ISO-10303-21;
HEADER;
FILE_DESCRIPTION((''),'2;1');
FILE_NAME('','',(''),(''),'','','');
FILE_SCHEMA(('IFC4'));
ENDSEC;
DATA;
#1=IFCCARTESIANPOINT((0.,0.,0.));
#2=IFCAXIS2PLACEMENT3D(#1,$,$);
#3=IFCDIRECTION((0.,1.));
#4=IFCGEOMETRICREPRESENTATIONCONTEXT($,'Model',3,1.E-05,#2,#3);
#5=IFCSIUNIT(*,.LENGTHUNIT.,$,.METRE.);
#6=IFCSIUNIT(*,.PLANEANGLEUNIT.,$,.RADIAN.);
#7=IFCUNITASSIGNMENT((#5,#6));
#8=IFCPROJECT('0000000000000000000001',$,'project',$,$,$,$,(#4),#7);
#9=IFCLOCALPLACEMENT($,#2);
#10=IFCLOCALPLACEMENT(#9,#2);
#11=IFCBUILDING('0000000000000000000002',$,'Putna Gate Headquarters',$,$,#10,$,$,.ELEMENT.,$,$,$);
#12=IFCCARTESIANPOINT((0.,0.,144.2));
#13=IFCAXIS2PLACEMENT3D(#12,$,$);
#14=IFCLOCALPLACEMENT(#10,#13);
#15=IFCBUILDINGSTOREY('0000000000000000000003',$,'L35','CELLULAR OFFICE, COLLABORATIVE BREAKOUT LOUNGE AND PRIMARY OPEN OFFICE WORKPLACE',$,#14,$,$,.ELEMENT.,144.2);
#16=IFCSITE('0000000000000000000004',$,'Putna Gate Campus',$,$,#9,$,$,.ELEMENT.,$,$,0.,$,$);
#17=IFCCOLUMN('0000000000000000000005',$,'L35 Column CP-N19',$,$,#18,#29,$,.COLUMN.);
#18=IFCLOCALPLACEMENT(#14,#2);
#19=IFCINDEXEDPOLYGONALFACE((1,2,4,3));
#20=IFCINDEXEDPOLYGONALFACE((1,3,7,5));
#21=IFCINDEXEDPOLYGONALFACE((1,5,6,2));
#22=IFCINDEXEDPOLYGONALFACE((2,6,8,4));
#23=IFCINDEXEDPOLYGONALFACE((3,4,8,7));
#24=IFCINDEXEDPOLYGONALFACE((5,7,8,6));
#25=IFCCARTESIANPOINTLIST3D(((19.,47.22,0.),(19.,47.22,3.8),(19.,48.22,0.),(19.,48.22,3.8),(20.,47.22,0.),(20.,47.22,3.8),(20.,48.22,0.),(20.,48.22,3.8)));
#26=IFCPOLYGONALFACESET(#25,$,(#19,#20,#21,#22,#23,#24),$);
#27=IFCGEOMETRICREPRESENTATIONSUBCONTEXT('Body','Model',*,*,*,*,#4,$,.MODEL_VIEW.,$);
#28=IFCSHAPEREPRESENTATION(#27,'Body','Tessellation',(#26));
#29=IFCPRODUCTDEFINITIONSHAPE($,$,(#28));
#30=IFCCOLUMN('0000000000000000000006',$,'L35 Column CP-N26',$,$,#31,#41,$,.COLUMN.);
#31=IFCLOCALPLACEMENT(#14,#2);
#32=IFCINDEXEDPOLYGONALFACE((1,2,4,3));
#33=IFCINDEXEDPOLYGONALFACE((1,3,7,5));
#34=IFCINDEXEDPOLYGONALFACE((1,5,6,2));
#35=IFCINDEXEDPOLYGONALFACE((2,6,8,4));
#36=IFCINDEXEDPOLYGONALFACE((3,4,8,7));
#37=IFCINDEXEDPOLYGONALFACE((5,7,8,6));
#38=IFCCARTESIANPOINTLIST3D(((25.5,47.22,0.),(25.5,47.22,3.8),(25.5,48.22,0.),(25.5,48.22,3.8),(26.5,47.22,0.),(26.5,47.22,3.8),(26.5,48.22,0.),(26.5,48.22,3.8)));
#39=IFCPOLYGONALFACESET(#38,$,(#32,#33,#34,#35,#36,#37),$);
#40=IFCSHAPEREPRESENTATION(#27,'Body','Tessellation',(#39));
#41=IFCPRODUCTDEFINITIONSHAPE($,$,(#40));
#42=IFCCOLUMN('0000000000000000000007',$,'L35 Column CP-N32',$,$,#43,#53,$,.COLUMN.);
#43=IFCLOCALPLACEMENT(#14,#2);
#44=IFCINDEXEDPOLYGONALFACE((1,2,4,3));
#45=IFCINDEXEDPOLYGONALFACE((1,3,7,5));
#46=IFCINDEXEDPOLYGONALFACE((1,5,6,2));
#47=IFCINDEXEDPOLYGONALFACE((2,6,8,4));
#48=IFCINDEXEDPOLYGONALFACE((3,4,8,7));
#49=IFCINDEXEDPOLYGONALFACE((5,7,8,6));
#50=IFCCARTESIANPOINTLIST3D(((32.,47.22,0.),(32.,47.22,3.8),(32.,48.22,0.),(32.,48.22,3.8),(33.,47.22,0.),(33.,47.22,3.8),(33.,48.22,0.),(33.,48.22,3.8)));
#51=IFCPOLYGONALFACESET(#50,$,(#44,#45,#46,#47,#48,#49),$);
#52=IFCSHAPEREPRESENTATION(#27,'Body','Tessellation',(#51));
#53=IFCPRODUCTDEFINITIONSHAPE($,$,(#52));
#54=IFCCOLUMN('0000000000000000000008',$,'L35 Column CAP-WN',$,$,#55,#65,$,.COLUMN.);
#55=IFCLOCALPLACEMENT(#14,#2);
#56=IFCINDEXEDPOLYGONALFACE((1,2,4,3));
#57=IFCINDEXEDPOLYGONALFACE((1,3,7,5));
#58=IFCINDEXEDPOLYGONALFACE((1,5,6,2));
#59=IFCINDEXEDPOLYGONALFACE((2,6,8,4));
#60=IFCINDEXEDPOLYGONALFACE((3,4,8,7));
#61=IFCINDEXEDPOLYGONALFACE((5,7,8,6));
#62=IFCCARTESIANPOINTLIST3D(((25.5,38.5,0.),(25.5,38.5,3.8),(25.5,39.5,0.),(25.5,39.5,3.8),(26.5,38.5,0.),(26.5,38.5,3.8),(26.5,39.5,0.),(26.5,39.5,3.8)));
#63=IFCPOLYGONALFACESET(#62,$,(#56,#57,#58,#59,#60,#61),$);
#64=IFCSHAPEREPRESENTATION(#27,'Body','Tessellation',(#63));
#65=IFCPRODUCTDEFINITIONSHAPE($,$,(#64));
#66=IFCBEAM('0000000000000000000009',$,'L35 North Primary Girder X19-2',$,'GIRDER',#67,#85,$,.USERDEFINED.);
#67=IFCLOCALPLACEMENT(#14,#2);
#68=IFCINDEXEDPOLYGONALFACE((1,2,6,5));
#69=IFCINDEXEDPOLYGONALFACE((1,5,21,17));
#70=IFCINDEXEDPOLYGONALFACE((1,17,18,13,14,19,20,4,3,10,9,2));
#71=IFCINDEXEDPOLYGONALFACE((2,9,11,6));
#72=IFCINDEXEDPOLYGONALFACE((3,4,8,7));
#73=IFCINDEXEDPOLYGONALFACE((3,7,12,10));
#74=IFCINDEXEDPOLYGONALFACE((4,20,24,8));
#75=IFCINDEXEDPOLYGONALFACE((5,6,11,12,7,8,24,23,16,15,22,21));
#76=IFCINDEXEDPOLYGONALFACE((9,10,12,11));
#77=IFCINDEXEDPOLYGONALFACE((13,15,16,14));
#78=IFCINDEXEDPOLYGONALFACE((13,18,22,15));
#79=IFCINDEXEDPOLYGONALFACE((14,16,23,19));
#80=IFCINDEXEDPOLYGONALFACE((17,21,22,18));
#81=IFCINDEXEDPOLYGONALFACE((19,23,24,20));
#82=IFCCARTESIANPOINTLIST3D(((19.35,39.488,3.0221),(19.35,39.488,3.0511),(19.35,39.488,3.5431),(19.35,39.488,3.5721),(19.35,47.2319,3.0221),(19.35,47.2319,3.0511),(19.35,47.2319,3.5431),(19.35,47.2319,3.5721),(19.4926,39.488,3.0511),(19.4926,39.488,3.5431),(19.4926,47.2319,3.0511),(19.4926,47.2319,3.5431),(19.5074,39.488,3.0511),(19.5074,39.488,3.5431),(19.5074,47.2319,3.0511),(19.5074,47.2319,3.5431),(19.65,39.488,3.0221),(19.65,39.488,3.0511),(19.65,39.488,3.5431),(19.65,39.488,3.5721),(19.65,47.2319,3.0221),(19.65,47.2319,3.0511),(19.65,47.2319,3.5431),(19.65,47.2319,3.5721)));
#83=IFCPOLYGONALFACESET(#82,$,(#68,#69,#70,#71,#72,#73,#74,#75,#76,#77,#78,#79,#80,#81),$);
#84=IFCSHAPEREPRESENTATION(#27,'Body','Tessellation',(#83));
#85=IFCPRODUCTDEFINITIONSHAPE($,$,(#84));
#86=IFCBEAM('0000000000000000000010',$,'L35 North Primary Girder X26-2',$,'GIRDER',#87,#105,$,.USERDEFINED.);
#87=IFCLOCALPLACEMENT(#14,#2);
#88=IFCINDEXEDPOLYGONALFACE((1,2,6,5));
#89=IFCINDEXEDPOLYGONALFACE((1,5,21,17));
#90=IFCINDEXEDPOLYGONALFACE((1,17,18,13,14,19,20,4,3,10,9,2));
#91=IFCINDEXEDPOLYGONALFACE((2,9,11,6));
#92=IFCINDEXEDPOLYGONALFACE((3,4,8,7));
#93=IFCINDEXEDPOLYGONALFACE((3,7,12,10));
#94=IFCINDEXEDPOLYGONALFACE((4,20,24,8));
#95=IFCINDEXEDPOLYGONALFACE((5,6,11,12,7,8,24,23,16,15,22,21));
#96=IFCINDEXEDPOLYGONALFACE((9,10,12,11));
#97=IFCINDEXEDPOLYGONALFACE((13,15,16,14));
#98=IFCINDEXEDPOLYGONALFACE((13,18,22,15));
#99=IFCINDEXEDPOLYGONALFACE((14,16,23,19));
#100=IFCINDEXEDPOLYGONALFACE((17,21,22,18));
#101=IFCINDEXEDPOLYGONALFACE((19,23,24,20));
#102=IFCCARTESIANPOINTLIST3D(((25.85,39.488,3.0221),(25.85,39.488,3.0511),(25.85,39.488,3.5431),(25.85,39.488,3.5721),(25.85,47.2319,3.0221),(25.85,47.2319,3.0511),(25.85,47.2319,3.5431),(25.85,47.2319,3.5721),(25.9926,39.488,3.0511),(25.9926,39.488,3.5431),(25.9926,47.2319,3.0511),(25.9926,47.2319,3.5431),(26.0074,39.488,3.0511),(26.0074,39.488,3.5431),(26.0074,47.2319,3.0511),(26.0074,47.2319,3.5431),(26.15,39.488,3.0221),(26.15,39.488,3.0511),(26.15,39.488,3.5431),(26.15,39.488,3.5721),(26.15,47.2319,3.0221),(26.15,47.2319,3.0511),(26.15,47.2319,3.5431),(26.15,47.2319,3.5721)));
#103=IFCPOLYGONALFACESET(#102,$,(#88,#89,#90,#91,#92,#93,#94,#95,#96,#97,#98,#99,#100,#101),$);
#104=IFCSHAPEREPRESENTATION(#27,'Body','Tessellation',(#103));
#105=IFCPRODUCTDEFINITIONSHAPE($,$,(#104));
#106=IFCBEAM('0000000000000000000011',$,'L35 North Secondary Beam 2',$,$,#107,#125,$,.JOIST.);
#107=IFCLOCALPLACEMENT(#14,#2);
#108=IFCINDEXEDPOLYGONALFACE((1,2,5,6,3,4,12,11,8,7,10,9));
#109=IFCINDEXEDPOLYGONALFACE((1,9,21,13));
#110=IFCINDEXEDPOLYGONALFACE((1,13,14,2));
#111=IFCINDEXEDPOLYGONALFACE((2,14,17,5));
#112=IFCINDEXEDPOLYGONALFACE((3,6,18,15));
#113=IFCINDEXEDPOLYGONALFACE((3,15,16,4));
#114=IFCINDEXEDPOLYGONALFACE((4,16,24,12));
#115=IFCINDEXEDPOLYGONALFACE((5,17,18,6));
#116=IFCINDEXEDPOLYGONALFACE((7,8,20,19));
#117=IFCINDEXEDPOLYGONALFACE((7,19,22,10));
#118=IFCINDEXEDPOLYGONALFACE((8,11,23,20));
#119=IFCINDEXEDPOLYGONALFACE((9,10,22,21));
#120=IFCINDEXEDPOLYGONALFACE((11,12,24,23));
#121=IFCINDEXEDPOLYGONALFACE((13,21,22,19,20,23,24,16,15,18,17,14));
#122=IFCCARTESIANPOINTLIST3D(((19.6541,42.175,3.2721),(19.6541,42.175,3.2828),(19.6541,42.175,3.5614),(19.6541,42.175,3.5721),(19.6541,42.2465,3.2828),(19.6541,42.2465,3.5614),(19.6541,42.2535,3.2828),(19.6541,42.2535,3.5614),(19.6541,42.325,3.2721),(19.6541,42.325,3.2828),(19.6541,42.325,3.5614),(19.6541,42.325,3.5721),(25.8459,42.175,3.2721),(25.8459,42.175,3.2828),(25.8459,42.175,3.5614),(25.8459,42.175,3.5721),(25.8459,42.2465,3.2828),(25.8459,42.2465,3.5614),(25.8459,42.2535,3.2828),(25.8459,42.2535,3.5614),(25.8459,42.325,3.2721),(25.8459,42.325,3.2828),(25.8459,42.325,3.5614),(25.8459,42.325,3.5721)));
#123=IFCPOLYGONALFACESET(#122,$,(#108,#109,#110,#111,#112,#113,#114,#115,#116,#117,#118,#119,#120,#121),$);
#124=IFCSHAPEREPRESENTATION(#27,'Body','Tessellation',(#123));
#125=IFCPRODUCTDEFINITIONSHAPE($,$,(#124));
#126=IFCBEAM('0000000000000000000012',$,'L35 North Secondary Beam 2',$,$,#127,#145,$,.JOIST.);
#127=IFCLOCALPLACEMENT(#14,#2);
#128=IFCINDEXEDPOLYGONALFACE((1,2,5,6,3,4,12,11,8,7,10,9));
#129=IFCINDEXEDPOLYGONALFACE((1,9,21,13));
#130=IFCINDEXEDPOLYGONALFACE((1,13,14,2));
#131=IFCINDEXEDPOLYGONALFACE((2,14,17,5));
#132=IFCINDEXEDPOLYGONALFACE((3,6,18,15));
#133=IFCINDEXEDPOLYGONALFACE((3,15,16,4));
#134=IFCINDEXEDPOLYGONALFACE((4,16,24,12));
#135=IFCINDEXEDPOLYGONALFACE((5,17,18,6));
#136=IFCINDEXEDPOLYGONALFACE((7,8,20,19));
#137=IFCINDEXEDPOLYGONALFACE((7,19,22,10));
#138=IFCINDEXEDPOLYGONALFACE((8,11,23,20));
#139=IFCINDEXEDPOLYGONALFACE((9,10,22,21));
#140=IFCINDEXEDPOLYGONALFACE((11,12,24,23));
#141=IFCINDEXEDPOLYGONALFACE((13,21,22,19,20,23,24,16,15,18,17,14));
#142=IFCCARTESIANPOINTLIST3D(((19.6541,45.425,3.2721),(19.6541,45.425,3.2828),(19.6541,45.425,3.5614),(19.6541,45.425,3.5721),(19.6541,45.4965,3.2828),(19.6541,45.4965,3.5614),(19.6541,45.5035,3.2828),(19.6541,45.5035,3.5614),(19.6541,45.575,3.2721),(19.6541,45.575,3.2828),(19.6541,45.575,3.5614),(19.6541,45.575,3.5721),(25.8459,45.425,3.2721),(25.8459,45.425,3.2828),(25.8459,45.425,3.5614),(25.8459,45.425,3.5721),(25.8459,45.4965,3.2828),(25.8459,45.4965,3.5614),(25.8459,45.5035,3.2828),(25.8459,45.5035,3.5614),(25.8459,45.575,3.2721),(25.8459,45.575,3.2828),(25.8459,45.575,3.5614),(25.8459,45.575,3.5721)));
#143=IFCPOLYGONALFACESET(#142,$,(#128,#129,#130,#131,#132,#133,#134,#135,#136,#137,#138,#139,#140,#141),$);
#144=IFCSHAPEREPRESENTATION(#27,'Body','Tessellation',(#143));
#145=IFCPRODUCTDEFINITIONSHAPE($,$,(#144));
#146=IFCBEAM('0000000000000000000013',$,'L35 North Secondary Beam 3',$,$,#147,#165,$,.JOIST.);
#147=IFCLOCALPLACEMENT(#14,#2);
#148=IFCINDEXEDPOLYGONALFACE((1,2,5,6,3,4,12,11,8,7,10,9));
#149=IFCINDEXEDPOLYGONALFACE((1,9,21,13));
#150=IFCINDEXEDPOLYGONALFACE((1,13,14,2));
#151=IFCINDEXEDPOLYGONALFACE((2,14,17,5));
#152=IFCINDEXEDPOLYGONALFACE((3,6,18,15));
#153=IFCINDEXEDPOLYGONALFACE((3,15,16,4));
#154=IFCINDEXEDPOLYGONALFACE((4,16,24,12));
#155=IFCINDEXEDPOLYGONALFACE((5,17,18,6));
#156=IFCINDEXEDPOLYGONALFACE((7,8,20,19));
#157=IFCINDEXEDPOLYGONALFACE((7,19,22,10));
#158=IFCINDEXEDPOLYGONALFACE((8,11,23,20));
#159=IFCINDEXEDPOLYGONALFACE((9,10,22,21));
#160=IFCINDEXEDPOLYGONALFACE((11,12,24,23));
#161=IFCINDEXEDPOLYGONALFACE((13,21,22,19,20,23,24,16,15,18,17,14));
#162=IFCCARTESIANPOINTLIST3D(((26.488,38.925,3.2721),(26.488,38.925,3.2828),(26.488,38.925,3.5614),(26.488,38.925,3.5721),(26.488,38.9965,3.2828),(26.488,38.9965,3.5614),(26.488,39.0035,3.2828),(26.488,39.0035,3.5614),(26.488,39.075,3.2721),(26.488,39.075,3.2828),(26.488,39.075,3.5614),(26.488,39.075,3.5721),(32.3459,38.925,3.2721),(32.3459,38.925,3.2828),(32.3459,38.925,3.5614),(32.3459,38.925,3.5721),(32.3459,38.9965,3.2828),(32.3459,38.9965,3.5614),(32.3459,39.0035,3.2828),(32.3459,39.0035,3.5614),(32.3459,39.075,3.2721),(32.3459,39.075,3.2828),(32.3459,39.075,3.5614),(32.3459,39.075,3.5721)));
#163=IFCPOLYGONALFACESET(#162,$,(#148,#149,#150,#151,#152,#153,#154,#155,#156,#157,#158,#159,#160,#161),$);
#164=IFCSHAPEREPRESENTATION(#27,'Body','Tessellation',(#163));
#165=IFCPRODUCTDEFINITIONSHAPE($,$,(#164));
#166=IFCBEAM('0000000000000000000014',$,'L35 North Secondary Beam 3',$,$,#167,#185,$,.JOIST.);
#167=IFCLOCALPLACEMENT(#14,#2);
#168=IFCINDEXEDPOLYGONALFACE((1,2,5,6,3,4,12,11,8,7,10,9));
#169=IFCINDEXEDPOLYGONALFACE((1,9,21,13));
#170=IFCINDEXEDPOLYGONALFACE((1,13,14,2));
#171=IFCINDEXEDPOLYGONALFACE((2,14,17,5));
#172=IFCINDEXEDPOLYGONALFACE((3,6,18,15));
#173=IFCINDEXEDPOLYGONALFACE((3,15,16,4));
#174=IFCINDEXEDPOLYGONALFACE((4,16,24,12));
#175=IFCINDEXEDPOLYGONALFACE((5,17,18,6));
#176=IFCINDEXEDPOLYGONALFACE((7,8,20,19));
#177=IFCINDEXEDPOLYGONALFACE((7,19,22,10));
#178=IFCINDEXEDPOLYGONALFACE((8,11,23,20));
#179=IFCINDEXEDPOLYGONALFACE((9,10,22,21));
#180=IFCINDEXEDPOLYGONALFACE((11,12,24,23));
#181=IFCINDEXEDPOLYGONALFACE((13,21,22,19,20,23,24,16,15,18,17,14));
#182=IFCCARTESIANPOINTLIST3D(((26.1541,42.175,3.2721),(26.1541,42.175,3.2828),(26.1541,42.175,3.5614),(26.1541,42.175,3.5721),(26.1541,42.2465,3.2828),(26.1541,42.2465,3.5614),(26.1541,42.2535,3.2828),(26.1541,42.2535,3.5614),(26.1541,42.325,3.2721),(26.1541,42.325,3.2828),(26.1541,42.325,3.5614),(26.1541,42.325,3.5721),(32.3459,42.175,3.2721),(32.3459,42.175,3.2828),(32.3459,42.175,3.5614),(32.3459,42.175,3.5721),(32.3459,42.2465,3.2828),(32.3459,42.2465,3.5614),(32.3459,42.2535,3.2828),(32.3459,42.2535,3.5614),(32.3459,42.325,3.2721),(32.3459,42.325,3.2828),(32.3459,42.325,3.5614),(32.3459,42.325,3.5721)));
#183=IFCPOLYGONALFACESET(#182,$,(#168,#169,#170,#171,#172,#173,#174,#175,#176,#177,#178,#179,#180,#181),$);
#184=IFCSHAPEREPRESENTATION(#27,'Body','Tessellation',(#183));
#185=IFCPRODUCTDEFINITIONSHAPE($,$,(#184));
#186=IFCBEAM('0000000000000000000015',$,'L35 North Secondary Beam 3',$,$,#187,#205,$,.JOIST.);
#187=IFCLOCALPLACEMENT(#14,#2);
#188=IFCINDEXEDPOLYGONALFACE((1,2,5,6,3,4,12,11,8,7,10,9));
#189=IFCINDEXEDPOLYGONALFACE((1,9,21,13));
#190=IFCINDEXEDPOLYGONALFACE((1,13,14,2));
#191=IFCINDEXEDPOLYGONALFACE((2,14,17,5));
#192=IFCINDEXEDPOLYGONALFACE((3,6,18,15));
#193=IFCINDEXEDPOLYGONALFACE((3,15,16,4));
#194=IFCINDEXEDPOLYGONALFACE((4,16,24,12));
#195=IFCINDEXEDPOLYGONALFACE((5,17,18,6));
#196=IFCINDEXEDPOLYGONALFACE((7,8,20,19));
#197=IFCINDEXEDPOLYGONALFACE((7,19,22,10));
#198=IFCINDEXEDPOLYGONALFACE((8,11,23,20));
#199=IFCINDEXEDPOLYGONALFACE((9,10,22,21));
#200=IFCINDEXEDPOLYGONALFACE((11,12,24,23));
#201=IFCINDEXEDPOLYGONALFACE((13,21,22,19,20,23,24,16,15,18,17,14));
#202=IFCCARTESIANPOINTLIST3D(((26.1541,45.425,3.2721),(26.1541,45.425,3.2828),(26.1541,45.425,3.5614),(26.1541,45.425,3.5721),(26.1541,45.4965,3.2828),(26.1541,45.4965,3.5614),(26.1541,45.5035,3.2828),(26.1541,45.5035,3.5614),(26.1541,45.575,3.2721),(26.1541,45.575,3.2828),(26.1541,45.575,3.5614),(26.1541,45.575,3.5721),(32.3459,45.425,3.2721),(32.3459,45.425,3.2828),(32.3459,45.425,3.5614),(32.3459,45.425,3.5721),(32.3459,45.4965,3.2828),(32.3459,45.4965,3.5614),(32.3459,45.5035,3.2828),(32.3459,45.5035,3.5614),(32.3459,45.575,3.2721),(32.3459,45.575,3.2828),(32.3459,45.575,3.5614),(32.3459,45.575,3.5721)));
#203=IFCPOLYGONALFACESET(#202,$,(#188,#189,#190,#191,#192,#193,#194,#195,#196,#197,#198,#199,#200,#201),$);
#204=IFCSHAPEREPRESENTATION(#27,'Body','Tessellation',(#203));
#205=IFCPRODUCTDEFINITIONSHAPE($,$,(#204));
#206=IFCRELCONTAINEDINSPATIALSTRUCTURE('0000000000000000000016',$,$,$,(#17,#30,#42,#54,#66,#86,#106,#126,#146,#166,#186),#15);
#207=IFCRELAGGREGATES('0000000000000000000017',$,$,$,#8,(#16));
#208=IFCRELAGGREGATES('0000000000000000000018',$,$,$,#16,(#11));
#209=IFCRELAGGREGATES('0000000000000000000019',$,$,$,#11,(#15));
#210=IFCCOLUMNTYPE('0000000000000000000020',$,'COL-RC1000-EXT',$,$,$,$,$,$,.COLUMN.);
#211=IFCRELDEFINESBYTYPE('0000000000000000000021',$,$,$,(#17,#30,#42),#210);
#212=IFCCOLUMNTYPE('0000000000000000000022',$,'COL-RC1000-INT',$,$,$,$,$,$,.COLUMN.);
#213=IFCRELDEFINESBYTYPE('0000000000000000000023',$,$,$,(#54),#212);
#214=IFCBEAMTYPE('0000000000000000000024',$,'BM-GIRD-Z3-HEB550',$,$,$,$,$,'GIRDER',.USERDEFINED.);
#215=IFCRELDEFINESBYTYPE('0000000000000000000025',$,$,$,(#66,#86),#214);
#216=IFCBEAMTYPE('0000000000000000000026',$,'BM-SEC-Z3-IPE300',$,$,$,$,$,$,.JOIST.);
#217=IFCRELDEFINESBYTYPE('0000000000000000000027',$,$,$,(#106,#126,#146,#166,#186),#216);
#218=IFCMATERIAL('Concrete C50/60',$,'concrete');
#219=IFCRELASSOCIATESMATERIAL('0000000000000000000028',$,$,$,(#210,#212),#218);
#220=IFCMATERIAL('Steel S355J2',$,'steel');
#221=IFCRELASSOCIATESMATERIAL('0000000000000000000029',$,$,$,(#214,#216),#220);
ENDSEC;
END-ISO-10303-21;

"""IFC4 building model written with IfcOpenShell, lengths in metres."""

from ifc_helpers import new_model, si_unit, direction, frame, origin, origin_2d, place, context, subcontext, project, spatial, rectangle, i_section, extrude, material, material_profile, profile_set, type_object, element, save


model = new_model("IFC4")

# Units and contexts
model_context = context("Model", 3, precision=1e-05, world=origin(), true_north=direction((0.0, 1.0)))
body_context = subcontext(model_context, "Body", "Model", "MODEL_VIEW")
ifc_project = project(units=[si_unit("LENGTHUNIT", "METRE"), si_unit("PLANEANGLEUNIT", "RADIAN")], contexts=[model_context])

# Site, building, storey
site_placement = place(None, origin())
site = spatial("IfcSite", under=ifc_project, at=site_placement, Name="Putna Gate Campus", CompositionType="ELEMENT", RefElevation=0.0)
building_placement = place(site_placement, origin())
building = spatial("IfcBuilding", under=site, at=building_placement, Name="Putna Gate Headquarters", CompositionType="ELEMENT")
storey_placement = place(building_placement, frame((0.0, 0.0, 144.2)))
storey = spatial("IfcBuildingStorey", under=building, at=storey_placement, Name="L35", Description="CELLULAR OFFICE, COLLABORATIVE BREAKOUT LOUNGE AND PRIMARY OPEN OFFICE WORKPLACE", CompositionType="ELEMENT", Elevation=144.2)

# Columns
ifc_material_1 = material(Name="Concrete C50/60", Category="concrete")
ifc_material_profile_1 = material_profile(ifc_material_1, rectangle(XDim=1.0, YDim=1.0, at=origin_2d()), Name="Concrete C50/60")
ifc_profile_set_1 = profile_set([ifc_material_profile_1], Name="Concrete C50/60")
column_type_1 = type_object("IfcColumnType", Name="COL-RC1000-EXT", PredefinedType="COLUMN", material=ifc_profile_set_1)
for number, where, z_axis, x_axis, name in (
    (1, (19.5, 47.72, 0.0), (0.0, 0.0, 1.0), (1.0, 0.0, 0.0), "L35 Column CP-N19"),
    (2, (26.0, 47.72, 0.0), (0.0, 0.0, 1.0), (1.0, 0.0, 0.0), "L35 Column CP-N26"),
    (3, (32.5, 47.72, 0.0), (0.0, 0.0, 1.0), (1.0, 0.0, 0.0), "L35 Column CP-N32"),
):
    element("IfcColumn", number, at=place(storey_placement, frame(where, z_axis=z_axis, x_axis=x_axis)), inside=storey, type_object=column_type_1, Name=name, PredefinedType="COLUMN", context=body_context, shape_type="SweptSolid", body=[
        extrude(rectangle(XDim=1.0, YDim=1.0, at=origin_2d()), origin(), (0.0, 0.0, 1.0), 3.8),
    ])
ifc_material_profile_2 = material_profile(ifc_material_1, rectangle(XDim=1.0, YDim=1.0, at=origin_2d()), Name="Concrete C50/60")
ifc_profile_set_2 = profile_set([ifc_material_profile_2], Name="Concrete C50/60")
column_type_2 = type_object("IfcColumnType", Name="COL-RC1000-INT", PredefinedType="COLUMN", material=ifc_profile_set_2)
column_placement = place(storey_placement, frame((26.0, 39.0, 0.0), z_axis=(0.0, 0.0, 1.0), x_axis=(1.0, 0.0, 0.0)))
element("IfcColumn", 4, at=column_placement, inside=storey, type_object=column_type_2, Name="L35 Column CAP-WN", PredefinedType="COLUMN", context=body_context, shape_type="SweptSolid", body=[
    extrude(rectangle(XDim=1.0, YDim=1.0, at=origin_2d()), origin(), (0.0, 0.0, 1.0), 3.8),
])

# Beams
ifc_material_2 = material(Name="Steel S355J2", Category="steel")
ifc_material_profile_3 = material_profile(ifc_material_2, i_section(OverallWidth=0.3, OverallDepth=0.55, WebThickness=0.0149, FlangeThickness=0.0291, at=origin_2d()), Name="Steel S355J2")
ifc_profile_set_3 = profile_set([ifc_material_profile_3], Name="Steel S355J2")
beam_type_1 = type_object("IfcBeamType", Name="BM-GIRD-Z3-HEB550", ElementType="GIRDER", PredefinedType="USERDEFINED", material=ifc_profile_set_3)
for number, where, z_axis, x_axis, name in (
    (5, (19.5, 39.488, 3.2971), (0.0, 1.0, 0.0), (-1.0, 0.0, 0.0), "L35 North Primary Girder X19-2"),
    (6, (26.0, 39.488, 3.2971), (0.0, 1.0, 0.0), (-1.0, 0.0, 0.0), "L35 North Primary Girder X26-2"),
):
    element("IfcBeam", number, at=place(storey_placement, frame(where, z_axis=z_axis, x_axis=x_axis)), inside=storey, type_object=beam_type_1, Name=name, ObjectType="GIRDER", PredefinedType="USERDEFINED", context=body_context, shape_type="SweptSolid", body=[
        extrude(i_section(OverallWidth=0.3, OverallDepth=0.55, WebThickness=0.0149, FlangeThickness=0.0291, at=origin_2d()), origin(), (0.0, 0.0, 1.0), 7.7439),
    ])
ifc_material_profile_4 = material_profile(ifc_material_2, i_section(OverallWidth=0.1499, OverallDepth=0.3, WebThickness=0.0071, FlangeThickness=0.0107, at=origin_2d()), Name="Steel S355J2")
ifc_profile_set_4 = profile_set([ifc_material_profile_4], Name="Steel S355J2")
beam_type_2 = type_object("IfcBeamType", Name="BM-SEC-Z3-IPE300", PredefinedType="JOIST", material=ifc_profile_set_4)
for number, where, z_axis, x_axis, name in (
    (7, (19.6541, 42.25, 3.4221), (1.0, 0.0, 0.0), (0.0, 1.0, 0.0), "L35 North Secondary Beam 2"),
    (8, (19.6541, 45.5, 3.4221), (1.0, 0.0, 0.0), (0.0, 1.0, 0.0), "L35 North Secondary Beam 2"),
):
    element("IfcBeam", number, at=place(storey_placement, frame(where, z_axis=z_axis, x_axis=x_axis)), inside=storey, type_object=beam_type_2, Name=name, PredefinedType="JOIST", context=body_context, shape_type="SweptSolid", body=[
        extrude(i_section(OverallWidth=0.1499, OverallDepth=0.3, WebThickness=0.0071, FlangeThickness=0.0107, at=origin_2d()), origin(), (0.0, 0.0, 1.0), 6.1919),
    ])
beam_placement = place(storey_placement, frame((26.488, 39.0, 3.4221), z_axis=(1.0, 0.0, 0.0), x_axis=(0.0, 1.0, 0.0)))
element("IfcBeam", 9, at=beam_placement, inside=storey, type_object=beam_type_2, Name="L35 North Secondary Beam 3", PredefinedType="JOIST", context=body_context, shape_type="SweptSolid", body=[
    extrude(i_section(OverallWidth=0.1499, OverallDepth=0.3, WebThickness=0.0071, FlangeThickness=0.0107, at=origin_2d()), origin(), (0.0, 0.0, 1.0), 5.8579),
])
for number, where, z_axis, x_axis, name in (
    (10, (26.1541, 42.25, 3.4221), (1.0, 0.0, 0.0), (0.0, 1.0, 0.0), "L35 North Secondary Beam 3"),
    (11, (26.1541, 45.5, 3.4221), (1.0, 0.0, 0.0), (0.0, 1.0, 0.0), "L35 North Secondary Beam 3"),
):
    element("IfcBeam", number, at=place(storey_placement, frame(where, z_axis=z_axis, x_axis=x_axis)), inside=storey, type_object=beam_type_2, Name=name, PredefinedType="JOIST", context=body_context, shape_type="SweptSolid", body=[
        extrude(i_section(OverallWidth=0.1499, OverallDepth=0.3, WebThickness=0.0071, FlangeThickness=0.0107, at=origin_2d()), origin(), (0.0, 0.0, 1.0), 6.1919),
    ])

save(model, "model.ifc")
